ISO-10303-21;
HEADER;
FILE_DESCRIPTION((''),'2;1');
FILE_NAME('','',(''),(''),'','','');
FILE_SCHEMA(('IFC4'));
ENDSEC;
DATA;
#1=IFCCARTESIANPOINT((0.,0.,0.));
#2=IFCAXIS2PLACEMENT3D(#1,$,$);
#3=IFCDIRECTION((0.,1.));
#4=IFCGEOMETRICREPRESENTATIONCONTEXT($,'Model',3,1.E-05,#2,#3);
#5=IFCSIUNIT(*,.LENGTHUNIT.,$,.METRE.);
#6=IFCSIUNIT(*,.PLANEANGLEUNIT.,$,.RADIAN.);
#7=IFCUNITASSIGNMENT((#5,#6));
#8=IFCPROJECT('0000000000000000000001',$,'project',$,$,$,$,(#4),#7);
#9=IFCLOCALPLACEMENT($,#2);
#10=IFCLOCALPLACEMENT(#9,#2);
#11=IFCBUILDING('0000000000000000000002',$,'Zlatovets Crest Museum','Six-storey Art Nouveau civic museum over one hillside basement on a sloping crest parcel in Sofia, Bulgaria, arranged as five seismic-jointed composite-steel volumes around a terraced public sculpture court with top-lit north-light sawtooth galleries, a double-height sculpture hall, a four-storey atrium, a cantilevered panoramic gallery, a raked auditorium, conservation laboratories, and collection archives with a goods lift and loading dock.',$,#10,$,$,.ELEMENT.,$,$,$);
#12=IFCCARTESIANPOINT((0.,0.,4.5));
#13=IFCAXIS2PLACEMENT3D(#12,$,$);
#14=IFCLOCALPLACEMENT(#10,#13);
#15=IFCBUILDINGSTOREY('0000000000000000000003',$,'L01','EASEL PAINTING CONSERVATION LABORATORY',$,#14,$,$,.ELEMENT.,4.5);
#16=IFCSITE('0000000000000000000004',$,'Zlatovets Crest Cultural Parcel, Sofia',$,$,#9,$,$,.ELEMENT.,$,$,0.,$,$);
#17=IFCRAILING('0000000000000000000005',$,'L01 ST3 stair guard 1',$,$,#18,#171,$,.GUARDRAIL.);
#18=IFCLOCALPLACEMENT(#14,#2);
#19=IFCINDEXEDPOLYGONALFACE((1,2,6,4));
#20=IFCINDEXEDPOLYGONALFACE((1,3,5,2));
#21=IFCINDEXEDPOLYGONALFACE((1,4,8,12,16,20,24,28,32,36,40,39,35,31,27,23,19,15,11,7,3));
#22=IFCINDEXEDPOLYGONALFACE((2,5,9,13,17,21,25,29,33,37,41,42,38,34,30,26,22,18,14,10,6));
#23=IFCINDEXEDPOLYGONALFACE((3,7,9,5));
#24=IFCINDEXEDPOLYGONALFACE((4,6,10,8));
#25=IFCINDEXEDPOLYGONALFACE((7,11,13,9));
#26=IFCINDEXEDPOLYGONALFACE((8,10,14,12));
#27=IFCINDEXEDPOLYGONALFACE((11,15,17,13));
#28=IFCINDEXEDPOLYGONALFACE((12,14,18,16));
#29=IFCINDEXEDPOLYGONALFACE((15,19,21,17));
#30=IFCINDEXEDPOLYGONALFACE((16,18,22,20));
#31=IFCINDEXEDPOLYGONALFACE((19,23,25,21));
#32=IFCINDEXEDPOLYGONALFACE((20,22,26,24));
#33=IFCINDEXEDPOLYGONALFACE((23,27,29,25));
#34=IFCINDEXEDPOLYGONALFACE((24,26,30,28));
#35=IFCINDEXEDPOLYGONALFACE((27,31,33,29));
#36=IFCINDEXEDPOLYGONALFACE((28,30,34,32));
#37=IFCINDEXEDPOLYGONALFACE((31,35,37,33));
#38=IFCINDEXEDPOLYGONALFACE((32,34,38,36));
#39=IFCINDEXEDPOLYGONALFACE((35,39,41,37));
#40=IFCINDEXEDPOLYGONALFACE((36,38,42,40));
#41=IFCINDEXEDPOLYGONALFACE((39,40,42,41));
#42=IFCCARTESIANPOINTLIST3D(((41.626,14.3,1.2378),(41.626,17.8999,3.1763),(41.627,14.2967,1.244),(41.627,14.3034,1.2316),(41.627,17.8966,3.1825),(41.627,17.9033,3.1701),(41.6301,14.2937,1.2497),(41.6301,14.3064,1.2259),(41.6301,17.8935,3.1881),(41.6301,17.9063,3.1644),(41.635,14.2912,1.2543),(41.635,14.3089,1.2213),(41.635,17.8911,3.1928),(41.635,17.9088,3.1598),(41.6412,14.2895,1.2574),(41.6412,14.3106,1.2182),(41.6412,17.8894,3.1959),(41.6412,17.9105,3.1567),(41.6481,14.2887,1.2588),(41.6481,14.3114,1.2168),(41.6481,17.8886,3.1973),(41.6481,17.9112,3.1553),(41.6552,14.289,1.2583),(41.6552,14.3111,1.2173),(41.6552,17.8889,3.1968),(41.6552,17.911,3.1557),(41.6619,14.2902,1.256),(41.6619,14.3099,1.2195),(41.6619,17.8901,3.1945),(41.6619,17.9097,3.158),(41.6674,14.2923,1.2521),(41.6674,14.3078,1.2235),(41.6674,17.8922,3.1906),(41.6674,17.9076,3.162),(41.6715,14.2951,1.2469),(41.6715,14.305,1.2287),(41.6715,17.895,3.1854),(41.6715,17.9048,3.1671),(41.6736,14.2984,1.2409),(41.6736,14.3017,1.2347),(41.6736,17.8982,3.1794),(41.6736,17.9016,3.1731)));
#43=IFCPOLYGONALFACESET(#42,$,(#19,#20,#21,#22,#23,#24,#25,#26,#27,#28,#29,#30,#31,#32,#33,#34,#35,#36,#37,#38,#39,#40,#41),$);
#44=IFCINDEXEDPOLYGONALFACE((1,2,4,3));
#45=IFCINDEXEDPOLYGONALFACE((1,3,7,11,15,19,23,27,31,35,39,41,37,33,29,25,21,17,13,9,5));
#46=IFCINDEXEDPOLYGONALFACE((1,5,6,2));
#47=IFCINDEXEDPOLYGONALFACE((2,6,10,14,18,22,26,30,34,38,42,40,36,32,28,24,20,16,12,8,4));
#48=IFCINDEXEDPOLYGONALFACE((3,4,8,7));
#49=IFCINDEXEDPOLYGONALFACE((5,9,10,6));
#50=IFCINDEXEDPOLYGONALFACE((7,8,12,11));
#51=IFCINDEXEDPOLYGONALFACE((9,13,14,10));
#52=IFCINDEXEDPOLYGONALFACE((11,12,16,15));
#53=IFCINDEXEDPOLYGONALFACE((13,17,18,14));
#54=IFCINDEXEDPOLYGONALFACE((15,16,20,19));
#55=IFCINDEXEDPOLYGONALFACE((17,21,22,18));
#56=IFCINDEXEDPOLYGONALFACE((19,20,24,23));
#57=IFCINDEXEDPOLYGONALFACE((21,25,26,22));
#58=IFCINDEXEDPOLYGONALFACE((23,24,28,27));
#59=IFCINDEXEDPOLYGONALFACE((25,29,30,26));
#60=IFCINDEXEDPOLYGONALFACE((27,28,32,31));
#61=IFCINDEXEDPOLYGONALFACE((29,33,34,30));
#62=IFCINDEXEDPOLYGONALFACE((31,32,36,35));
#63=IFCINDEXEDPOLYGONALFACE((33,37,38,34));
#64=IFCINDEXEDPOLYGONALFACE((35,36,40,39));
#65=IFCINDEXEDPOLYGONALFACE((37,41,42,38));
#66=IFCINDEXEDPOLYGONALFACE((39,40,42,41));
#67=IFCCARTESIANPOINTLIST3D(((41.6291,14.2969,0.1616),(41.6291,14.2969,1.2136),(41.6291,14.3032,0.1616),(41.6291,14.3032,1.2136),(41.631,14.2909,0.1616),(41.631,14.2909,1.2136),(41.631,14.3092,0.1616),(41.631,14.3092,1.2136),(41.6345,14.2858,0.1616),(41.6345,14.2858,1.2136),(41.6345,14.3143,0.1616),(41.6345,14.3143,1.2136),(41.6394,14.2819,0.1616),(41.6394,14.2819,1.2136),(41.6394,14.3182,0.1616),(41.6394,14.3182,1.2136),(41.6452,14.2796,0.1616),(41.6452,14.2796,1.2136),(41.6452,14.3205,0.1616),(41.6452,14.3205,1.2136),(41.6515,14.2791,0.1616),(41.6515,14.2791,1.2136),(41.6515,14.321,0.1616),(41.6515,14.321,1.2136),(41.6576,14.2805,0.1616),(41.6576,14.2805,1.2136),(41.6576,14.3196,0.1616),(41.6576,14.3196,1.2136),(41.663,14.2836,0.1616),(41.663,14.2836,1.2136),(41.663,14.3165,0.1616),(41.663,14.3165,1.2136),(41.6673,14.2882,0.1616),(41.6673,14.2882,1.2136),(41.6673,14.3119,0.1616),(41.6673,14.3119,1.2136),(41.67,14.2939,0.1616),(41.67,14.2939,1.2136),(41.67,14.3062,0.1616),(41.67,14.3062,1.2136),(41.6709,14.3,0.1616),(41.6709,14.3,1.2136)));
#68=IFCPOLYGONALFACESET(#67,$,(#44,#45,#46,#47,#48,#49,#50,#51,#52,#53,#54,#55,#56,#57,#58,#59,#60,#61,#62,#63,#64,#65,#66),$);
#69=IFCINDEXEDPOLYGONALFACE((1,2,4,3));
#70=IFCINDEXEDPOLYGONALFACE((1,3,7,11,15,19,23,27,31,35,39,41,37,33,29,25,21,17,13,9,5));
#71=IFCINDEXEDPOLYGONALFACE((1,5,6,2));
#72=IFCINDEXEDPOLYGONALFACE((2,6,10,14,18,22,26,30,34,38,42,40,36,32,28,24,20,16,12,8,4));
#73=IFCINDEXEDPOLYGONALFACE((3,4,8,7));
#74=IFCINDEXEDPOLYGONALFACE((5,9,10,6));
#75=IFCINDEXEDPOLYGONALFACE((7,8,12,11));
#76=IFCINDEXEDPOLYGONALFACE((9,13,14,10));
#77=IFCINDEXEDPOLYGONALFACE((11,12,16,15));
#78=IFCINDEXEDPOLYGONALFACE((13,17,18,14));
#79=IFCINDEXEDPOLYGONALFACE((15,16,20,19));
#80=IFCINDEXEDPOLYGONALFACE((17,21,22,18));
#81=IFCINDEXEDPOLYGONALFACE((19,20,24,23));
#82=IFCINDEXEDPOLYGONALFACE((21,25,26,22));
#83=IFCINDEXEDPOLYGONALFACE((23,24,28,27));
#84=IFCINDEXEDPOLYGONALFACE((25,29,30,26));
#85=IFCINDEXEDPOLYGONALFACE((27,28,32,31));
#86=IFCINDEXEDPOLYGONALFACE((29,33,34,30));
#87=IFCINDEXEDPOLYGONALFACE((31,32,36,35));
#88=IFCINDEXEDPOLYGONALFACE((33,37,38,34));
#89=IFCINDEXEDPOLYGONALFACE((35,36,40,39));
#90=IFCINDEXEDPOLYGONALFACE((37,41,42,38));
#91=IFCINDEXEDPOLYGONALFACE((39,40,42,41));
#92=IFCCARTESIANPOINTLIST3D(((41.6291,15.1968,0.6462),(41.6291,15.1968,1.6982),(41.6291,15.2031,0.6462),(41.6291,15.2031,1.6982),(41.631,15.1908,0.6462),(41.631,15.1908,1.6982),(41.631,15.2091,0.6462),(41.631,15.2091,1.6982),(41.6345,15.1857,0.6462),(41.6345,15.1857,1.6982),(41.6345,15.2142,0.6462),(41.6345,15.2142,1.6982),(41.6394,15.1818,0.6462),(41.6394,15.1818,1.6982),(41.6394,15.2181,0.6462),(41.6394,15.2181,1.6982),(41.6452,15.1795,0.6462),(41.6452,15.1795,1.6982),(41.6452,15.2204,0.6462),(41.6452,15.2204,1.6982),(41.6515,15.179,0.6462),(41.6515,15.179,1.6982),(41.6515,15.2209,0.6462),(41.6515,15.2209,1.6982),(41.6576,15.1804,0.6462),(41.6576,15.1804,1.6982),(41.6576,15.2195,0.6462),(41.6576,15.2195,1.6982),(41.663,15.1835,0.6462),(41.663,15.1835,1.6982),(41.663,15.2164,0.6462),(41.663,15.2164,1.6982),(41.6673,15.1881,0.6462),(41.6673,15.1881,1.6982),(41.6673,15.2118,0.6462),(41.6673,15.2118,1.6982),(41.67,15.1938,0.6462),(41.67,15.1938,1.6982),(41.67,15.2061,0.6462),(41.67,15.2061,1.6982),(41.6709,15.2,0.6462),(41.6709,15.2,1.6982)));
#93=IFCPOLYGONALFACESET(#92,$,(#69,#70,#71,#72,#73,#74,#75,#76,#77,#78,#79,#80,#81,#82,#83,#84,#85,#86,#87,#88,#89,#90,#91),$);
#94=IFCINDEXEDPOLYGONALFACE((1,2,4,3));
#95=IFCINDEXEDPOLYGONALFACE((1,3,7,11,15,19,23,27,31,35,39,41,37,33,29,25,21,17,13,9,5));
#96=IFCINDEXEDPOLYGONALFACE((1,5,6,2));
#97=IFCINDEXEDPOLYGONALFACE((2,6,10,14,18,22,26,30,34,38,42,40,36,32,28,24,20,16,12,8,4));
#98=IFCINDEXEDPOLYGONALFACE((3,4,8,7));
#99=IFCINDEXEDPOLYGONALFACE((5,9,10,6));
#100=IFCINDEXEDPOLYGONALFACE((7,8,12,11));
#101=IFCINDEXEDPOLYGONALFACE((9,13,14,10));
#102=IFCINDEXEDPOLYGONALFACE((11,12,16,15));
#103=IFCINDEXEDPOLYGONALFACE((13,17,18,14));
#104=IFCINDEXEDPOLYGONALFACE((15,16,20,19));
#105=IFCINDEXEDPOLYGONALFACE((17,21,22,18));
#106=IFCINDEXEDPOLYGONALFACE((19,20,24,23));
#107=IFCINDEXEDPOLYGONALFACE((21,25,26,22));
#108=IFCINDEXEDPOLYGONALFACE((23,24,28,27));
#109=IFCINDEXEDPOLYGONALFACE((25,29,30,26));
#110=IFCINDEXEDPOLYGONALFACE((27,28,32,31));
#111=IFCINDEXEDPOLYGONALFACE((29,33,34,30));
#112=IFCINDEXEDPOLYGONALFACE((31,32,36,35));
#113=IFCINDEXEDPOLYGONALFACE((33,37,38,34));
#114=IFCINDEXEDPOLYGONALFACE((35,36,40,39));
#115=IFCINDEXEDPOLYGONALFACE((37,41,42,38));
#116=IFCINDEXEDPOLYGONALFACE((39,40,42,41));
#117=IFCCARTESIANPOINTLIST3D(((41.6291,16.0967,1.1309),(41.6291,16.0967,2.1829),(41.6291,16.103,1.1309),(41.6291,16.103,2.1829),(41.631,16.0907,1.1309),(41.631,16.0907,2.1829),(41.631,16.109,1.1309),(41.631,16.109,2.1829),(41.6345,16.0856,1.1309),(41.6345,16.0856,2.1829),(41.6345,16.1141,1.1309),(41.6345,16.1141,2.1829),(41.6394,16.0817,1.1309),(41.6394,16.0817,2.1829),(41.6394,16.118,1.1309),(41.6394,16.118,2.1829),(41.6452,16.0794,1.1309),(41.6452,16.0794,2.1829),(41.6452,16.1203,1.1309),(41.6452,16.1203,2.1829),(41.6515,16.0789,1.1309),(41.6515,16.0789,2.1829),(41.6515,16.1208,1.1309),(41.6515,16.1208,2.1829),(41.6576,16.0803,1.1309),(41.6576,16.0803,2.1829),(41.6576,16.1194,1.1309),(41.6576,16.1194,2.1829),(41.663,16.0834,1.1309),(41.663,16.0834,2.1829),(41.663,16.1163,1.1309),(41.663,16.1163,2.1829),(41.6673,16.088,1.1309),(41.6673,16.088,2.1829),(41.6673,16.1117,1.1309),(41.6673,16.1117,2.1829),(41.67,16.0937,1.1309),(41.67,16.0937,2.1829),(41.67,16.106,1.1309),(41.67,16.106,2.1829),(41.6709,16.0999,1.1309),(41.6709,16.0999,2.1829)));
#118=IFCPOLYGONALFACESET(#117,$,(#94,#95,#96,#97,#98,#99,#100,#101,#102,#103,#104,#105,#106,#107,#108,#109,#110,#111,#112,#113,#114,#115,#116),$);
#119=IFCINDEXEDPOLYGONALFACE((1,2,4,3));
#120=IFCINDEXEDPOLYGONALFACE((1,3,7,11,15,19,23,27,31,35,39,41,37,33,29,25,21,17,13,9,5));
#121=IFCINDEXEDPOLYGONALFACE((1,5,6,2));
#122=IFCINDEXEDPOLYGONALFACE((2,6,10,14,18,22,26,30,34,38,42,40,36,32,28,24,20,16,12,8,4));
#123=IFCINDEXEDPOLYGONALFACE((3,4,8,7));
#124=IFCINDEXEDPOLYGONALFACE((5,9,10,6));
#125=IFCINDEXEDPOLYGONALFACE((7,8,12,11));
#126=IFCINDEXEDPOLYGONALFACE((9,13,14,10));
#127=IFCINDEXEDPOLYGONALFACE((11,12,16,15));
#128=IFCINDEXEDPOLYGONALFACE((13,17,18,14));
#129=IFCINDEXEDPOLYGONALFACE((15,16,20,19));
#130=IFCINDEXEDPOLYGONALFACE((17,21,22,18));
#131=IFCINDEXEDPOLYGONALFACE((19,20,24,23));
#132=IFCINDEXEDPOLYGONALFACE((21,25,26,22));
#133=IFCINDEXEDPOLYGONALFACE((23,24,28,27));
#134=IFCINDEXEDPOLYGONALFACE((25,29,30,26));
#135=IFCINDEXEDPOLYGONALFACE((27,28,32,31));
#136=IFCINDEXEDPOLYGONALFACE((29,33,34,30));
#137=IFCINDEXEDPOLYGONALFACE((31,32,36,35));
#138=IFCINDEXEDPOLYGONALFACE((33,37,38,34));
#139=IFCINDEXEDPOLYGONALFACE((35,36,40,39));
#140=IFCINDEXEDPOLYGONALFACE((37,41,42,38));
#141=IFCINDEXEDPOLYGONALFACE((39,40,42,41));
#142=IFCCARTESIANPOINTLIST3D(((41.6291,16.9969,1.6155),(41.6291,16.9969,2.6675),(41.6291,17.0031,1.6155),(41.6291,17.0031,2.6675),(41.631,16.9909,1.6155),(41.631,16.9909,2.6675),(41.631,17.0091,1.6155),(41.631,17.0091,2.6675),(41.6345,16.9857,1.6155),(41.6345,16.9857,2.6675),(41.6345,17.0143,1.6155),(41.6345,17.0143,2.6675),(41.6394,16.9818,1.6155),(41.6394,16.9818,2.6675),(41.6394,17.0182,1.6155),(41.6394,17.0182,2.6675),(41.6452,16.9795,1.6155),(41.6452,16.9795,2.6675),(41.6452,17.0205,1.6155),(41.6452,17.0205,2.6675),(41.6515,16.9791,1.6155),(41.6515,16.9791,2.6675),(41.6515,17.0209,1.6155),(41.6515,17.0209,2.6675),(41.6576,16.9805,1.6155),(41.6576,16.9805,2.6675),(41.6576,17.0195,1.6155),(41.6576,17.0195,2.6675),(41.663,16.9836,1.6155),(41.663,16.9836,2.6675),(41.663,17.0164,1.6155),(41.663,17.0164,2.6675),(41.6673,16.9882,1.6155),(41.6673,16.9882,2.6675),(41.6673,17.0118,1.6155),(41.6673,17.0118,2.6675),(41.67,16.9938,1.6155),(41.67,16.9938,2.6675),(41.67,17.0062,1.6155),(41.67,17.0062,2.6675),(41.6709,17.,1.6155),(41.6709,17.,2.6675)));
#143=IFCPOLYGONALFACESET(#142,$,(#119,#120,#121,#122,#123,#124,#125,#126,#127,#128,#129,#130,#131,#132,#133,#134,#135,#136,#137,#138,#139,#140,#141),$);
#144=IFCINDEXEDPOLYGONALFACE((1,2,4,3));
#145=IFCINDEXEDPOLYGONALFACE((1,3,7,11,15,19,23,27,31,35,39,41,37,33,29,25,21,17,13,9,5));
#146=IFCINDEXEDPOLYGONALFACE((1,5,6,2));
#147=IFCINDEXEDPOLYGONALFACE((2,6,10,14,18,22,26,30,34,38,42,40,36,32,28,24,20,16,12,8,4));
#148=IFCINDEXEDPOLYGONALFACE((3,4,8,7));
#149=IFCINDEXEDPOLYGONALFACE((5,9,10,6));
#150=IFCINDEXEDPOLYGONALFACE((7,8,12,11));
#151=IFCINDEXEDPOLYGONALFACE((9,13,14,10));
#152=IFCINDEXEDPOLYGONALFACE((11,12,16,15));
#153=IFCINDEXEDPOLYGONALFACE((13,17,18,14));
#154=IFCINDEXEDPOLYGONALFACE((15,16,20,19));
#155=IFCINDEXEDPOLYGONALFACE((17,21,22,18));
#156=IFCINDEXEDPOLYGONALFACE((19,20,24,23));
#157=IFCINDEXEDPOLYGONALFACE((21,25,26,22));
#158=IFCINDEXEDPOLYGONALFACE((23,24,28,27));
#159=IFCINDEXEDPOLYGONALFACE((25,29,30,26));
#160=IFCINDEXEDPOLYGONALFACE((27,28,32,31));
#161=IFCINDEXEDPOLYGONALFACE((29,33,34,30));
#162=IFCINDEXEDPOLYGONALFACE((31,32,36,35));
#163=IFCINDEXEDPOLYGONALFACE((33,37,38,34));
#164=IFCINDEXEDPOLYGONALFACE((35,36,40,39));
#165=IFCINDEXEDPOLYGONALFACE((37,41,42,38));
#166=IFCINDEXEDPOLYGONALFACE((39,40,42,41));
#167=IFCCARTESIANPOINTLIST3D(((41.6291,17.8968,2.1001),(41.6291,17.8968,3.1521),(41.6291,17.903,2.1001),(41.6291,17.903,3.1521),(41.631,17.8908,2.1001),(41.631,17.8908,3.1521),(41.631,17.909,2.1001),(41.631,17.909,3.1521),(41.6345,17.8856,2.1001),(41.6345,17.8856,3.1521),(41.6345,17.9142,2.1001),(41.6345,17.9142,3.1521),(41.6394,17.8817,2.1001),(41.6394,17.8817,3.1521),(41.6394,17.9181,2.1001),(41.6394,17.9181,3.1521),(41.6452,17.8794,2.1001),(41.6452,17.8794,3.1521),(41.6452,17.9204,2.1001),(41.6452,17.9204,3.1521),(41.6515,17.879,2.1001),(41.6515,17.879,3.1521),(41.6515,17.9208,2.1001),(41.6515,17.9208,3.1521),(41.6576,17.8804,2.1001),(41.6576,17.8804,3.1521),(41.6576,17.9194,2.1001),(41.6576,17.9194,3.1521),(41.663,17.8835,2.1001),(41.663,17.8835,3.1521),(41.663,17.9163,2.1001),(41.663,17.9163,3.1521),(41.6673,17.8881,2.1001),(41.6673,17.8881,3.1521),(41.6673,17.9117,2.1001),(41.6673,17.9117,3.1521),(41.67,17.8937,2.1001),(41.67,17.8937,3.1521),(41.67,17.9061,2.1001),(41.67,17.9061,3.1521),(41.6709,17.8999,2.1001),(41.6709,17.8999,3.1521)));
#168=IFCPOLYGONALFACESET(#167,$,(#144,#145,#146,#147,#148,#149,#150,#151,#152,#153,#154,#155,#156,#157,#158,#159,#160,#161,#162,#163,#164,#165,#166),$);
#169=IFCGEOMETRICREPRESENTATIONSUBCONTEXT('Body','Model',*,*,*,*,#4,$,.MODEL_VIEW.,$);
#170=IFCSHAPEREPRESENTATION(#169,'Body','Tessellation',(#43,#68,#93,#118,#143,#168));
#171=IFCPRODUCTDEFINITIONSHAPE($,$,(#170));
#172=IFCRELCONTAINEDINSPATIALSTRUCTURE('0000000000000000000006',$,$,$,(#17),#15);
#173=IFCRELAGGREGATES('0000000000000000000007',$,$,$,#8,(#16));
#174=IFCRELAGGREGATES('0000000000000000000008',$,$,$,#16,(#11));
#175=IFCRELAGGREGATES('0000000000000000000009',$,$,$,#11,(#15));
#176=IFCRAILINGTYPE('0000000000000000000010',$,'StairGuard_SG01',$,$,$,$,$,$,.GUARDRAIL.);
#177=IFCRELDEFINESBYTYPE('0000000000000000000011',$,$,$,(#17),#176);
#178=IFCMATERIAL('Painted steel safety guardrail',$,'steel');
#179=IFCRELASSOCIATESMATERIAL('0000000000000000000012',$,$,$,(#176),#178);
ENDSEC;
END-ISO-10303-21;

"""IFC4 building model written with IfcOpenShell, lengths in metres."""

from ifc_helpers import new_model, si_unit, direction, frame, origin, origin_2d, place, context, subcontext, project, spatial, circle, extrude, material, type_object, element, save


model = new_model("IFC4")

# Units and contexts
model_context = context("Model", 3, precision=1e-05, world=origin(), true_north=direction((0.0, 1.0)))
body_context = subcontext(model_context, "Body", "Model", "MODEL_VIEW")
ifc_project = project(units=[si_unit("LENGTHUNIT", "METRE"), si_unit("PLANEANGLEUNIT", "RADIAN")], contexts=[model_context])

# Site, building, storey
site_placement = place(None, origin())
site = spatial("IfcSite", under=ifc_project, at=site_placement, Name="Zlatovets Crest Cultural Parcel, Sofia", CompositionType="ELEMENT", RefElevation=0.0)
building_placement = place(site_placement, origin())
building = spatial("IfcBuilding", under=site, at=building_placement, Name="Zlatovets Crest Museum", Description="Six-storey Art Nouveau civic museum over one hillside basement on a sloping crest parcel in Sofia, Bulgaria, arranged as five seismic-jointed composite-steel volumes around a terraced public sculpture court with top-lit north-light sawtooth galleries, a double-height sculpture hall, a four-storey atrium, a cantilevered panoramic gallery, a raked auditorium, conservation laboratories, and collection archives with a goods lift and loading dock.", CompositionType="ELEMENT")
storey_placement = place(building_placement, frame((0.0, 0.0, 4.5)))
storey = spatial("IfcBuildingStorey", under=building, at=storey_placement, Name="L01", Description="EASEL PAINTING CONSERVATION LABORATORY", CompositionType="ELEMENT", Elevation=4.5)

# Railing
ifc_material_1 = material(Name="Painted steel safety guardrail", Category="steel")
railing_type = type_object("IfcRailingType", Name="StairGuard_SG01", PredefinedType="GUARDRAIL", material=ifc_material_1)
railing_1_placement = place(storey_placement, frame((41.6499, 14.3, 0.1616)))
element("IfcRailing", 1, at=railing_1_placement, inside=storey, type_object=railing_type, Name="L01 ST3 stair guard 1", PredefinedType="GUARDRAIL", context=body_context, shape_type="SweptSolid", body=[
    extrude(circle(Radius=0.0239, at=origin_2d()), frame((0.0, 0.0, 1.0762), z_axis=(0.0, 0.880462, 0.474118), x_axis=(-1.0, 0.0, 0.0)), (0.0, 0.0, 1.0), 4.0886),
    extrude(circle(Radius=0.021, at=origin_2d()), origin(), (0.0, 0.0, 1.0), 1.052),
    extrude(circle(Radius=0.021, at=origin_2d()), frame((0.0, 0.8999, 0.4846)), (0.0, 0.0, 1.0), 1.052),
    extrude(circle(Radius=0.021, at=origin_2d()), frame((0.0, 1.7998, 0.9692)), (0.0, 0.0, 1.0), 1.052),
    extrude(circle(Radius=0.021, at=origin_2d()), frame((0.0, 2.7, 1.4539)), (0.0, 0.0, 1.0), 1.052),
    extrude(circle(Radius=0.021, at=origin_2d()), frame((0.0, 3.5999, 1.9385)), (0.0, 0.0, 1.0), 1.052),
])

save(model, "model.ifc")
